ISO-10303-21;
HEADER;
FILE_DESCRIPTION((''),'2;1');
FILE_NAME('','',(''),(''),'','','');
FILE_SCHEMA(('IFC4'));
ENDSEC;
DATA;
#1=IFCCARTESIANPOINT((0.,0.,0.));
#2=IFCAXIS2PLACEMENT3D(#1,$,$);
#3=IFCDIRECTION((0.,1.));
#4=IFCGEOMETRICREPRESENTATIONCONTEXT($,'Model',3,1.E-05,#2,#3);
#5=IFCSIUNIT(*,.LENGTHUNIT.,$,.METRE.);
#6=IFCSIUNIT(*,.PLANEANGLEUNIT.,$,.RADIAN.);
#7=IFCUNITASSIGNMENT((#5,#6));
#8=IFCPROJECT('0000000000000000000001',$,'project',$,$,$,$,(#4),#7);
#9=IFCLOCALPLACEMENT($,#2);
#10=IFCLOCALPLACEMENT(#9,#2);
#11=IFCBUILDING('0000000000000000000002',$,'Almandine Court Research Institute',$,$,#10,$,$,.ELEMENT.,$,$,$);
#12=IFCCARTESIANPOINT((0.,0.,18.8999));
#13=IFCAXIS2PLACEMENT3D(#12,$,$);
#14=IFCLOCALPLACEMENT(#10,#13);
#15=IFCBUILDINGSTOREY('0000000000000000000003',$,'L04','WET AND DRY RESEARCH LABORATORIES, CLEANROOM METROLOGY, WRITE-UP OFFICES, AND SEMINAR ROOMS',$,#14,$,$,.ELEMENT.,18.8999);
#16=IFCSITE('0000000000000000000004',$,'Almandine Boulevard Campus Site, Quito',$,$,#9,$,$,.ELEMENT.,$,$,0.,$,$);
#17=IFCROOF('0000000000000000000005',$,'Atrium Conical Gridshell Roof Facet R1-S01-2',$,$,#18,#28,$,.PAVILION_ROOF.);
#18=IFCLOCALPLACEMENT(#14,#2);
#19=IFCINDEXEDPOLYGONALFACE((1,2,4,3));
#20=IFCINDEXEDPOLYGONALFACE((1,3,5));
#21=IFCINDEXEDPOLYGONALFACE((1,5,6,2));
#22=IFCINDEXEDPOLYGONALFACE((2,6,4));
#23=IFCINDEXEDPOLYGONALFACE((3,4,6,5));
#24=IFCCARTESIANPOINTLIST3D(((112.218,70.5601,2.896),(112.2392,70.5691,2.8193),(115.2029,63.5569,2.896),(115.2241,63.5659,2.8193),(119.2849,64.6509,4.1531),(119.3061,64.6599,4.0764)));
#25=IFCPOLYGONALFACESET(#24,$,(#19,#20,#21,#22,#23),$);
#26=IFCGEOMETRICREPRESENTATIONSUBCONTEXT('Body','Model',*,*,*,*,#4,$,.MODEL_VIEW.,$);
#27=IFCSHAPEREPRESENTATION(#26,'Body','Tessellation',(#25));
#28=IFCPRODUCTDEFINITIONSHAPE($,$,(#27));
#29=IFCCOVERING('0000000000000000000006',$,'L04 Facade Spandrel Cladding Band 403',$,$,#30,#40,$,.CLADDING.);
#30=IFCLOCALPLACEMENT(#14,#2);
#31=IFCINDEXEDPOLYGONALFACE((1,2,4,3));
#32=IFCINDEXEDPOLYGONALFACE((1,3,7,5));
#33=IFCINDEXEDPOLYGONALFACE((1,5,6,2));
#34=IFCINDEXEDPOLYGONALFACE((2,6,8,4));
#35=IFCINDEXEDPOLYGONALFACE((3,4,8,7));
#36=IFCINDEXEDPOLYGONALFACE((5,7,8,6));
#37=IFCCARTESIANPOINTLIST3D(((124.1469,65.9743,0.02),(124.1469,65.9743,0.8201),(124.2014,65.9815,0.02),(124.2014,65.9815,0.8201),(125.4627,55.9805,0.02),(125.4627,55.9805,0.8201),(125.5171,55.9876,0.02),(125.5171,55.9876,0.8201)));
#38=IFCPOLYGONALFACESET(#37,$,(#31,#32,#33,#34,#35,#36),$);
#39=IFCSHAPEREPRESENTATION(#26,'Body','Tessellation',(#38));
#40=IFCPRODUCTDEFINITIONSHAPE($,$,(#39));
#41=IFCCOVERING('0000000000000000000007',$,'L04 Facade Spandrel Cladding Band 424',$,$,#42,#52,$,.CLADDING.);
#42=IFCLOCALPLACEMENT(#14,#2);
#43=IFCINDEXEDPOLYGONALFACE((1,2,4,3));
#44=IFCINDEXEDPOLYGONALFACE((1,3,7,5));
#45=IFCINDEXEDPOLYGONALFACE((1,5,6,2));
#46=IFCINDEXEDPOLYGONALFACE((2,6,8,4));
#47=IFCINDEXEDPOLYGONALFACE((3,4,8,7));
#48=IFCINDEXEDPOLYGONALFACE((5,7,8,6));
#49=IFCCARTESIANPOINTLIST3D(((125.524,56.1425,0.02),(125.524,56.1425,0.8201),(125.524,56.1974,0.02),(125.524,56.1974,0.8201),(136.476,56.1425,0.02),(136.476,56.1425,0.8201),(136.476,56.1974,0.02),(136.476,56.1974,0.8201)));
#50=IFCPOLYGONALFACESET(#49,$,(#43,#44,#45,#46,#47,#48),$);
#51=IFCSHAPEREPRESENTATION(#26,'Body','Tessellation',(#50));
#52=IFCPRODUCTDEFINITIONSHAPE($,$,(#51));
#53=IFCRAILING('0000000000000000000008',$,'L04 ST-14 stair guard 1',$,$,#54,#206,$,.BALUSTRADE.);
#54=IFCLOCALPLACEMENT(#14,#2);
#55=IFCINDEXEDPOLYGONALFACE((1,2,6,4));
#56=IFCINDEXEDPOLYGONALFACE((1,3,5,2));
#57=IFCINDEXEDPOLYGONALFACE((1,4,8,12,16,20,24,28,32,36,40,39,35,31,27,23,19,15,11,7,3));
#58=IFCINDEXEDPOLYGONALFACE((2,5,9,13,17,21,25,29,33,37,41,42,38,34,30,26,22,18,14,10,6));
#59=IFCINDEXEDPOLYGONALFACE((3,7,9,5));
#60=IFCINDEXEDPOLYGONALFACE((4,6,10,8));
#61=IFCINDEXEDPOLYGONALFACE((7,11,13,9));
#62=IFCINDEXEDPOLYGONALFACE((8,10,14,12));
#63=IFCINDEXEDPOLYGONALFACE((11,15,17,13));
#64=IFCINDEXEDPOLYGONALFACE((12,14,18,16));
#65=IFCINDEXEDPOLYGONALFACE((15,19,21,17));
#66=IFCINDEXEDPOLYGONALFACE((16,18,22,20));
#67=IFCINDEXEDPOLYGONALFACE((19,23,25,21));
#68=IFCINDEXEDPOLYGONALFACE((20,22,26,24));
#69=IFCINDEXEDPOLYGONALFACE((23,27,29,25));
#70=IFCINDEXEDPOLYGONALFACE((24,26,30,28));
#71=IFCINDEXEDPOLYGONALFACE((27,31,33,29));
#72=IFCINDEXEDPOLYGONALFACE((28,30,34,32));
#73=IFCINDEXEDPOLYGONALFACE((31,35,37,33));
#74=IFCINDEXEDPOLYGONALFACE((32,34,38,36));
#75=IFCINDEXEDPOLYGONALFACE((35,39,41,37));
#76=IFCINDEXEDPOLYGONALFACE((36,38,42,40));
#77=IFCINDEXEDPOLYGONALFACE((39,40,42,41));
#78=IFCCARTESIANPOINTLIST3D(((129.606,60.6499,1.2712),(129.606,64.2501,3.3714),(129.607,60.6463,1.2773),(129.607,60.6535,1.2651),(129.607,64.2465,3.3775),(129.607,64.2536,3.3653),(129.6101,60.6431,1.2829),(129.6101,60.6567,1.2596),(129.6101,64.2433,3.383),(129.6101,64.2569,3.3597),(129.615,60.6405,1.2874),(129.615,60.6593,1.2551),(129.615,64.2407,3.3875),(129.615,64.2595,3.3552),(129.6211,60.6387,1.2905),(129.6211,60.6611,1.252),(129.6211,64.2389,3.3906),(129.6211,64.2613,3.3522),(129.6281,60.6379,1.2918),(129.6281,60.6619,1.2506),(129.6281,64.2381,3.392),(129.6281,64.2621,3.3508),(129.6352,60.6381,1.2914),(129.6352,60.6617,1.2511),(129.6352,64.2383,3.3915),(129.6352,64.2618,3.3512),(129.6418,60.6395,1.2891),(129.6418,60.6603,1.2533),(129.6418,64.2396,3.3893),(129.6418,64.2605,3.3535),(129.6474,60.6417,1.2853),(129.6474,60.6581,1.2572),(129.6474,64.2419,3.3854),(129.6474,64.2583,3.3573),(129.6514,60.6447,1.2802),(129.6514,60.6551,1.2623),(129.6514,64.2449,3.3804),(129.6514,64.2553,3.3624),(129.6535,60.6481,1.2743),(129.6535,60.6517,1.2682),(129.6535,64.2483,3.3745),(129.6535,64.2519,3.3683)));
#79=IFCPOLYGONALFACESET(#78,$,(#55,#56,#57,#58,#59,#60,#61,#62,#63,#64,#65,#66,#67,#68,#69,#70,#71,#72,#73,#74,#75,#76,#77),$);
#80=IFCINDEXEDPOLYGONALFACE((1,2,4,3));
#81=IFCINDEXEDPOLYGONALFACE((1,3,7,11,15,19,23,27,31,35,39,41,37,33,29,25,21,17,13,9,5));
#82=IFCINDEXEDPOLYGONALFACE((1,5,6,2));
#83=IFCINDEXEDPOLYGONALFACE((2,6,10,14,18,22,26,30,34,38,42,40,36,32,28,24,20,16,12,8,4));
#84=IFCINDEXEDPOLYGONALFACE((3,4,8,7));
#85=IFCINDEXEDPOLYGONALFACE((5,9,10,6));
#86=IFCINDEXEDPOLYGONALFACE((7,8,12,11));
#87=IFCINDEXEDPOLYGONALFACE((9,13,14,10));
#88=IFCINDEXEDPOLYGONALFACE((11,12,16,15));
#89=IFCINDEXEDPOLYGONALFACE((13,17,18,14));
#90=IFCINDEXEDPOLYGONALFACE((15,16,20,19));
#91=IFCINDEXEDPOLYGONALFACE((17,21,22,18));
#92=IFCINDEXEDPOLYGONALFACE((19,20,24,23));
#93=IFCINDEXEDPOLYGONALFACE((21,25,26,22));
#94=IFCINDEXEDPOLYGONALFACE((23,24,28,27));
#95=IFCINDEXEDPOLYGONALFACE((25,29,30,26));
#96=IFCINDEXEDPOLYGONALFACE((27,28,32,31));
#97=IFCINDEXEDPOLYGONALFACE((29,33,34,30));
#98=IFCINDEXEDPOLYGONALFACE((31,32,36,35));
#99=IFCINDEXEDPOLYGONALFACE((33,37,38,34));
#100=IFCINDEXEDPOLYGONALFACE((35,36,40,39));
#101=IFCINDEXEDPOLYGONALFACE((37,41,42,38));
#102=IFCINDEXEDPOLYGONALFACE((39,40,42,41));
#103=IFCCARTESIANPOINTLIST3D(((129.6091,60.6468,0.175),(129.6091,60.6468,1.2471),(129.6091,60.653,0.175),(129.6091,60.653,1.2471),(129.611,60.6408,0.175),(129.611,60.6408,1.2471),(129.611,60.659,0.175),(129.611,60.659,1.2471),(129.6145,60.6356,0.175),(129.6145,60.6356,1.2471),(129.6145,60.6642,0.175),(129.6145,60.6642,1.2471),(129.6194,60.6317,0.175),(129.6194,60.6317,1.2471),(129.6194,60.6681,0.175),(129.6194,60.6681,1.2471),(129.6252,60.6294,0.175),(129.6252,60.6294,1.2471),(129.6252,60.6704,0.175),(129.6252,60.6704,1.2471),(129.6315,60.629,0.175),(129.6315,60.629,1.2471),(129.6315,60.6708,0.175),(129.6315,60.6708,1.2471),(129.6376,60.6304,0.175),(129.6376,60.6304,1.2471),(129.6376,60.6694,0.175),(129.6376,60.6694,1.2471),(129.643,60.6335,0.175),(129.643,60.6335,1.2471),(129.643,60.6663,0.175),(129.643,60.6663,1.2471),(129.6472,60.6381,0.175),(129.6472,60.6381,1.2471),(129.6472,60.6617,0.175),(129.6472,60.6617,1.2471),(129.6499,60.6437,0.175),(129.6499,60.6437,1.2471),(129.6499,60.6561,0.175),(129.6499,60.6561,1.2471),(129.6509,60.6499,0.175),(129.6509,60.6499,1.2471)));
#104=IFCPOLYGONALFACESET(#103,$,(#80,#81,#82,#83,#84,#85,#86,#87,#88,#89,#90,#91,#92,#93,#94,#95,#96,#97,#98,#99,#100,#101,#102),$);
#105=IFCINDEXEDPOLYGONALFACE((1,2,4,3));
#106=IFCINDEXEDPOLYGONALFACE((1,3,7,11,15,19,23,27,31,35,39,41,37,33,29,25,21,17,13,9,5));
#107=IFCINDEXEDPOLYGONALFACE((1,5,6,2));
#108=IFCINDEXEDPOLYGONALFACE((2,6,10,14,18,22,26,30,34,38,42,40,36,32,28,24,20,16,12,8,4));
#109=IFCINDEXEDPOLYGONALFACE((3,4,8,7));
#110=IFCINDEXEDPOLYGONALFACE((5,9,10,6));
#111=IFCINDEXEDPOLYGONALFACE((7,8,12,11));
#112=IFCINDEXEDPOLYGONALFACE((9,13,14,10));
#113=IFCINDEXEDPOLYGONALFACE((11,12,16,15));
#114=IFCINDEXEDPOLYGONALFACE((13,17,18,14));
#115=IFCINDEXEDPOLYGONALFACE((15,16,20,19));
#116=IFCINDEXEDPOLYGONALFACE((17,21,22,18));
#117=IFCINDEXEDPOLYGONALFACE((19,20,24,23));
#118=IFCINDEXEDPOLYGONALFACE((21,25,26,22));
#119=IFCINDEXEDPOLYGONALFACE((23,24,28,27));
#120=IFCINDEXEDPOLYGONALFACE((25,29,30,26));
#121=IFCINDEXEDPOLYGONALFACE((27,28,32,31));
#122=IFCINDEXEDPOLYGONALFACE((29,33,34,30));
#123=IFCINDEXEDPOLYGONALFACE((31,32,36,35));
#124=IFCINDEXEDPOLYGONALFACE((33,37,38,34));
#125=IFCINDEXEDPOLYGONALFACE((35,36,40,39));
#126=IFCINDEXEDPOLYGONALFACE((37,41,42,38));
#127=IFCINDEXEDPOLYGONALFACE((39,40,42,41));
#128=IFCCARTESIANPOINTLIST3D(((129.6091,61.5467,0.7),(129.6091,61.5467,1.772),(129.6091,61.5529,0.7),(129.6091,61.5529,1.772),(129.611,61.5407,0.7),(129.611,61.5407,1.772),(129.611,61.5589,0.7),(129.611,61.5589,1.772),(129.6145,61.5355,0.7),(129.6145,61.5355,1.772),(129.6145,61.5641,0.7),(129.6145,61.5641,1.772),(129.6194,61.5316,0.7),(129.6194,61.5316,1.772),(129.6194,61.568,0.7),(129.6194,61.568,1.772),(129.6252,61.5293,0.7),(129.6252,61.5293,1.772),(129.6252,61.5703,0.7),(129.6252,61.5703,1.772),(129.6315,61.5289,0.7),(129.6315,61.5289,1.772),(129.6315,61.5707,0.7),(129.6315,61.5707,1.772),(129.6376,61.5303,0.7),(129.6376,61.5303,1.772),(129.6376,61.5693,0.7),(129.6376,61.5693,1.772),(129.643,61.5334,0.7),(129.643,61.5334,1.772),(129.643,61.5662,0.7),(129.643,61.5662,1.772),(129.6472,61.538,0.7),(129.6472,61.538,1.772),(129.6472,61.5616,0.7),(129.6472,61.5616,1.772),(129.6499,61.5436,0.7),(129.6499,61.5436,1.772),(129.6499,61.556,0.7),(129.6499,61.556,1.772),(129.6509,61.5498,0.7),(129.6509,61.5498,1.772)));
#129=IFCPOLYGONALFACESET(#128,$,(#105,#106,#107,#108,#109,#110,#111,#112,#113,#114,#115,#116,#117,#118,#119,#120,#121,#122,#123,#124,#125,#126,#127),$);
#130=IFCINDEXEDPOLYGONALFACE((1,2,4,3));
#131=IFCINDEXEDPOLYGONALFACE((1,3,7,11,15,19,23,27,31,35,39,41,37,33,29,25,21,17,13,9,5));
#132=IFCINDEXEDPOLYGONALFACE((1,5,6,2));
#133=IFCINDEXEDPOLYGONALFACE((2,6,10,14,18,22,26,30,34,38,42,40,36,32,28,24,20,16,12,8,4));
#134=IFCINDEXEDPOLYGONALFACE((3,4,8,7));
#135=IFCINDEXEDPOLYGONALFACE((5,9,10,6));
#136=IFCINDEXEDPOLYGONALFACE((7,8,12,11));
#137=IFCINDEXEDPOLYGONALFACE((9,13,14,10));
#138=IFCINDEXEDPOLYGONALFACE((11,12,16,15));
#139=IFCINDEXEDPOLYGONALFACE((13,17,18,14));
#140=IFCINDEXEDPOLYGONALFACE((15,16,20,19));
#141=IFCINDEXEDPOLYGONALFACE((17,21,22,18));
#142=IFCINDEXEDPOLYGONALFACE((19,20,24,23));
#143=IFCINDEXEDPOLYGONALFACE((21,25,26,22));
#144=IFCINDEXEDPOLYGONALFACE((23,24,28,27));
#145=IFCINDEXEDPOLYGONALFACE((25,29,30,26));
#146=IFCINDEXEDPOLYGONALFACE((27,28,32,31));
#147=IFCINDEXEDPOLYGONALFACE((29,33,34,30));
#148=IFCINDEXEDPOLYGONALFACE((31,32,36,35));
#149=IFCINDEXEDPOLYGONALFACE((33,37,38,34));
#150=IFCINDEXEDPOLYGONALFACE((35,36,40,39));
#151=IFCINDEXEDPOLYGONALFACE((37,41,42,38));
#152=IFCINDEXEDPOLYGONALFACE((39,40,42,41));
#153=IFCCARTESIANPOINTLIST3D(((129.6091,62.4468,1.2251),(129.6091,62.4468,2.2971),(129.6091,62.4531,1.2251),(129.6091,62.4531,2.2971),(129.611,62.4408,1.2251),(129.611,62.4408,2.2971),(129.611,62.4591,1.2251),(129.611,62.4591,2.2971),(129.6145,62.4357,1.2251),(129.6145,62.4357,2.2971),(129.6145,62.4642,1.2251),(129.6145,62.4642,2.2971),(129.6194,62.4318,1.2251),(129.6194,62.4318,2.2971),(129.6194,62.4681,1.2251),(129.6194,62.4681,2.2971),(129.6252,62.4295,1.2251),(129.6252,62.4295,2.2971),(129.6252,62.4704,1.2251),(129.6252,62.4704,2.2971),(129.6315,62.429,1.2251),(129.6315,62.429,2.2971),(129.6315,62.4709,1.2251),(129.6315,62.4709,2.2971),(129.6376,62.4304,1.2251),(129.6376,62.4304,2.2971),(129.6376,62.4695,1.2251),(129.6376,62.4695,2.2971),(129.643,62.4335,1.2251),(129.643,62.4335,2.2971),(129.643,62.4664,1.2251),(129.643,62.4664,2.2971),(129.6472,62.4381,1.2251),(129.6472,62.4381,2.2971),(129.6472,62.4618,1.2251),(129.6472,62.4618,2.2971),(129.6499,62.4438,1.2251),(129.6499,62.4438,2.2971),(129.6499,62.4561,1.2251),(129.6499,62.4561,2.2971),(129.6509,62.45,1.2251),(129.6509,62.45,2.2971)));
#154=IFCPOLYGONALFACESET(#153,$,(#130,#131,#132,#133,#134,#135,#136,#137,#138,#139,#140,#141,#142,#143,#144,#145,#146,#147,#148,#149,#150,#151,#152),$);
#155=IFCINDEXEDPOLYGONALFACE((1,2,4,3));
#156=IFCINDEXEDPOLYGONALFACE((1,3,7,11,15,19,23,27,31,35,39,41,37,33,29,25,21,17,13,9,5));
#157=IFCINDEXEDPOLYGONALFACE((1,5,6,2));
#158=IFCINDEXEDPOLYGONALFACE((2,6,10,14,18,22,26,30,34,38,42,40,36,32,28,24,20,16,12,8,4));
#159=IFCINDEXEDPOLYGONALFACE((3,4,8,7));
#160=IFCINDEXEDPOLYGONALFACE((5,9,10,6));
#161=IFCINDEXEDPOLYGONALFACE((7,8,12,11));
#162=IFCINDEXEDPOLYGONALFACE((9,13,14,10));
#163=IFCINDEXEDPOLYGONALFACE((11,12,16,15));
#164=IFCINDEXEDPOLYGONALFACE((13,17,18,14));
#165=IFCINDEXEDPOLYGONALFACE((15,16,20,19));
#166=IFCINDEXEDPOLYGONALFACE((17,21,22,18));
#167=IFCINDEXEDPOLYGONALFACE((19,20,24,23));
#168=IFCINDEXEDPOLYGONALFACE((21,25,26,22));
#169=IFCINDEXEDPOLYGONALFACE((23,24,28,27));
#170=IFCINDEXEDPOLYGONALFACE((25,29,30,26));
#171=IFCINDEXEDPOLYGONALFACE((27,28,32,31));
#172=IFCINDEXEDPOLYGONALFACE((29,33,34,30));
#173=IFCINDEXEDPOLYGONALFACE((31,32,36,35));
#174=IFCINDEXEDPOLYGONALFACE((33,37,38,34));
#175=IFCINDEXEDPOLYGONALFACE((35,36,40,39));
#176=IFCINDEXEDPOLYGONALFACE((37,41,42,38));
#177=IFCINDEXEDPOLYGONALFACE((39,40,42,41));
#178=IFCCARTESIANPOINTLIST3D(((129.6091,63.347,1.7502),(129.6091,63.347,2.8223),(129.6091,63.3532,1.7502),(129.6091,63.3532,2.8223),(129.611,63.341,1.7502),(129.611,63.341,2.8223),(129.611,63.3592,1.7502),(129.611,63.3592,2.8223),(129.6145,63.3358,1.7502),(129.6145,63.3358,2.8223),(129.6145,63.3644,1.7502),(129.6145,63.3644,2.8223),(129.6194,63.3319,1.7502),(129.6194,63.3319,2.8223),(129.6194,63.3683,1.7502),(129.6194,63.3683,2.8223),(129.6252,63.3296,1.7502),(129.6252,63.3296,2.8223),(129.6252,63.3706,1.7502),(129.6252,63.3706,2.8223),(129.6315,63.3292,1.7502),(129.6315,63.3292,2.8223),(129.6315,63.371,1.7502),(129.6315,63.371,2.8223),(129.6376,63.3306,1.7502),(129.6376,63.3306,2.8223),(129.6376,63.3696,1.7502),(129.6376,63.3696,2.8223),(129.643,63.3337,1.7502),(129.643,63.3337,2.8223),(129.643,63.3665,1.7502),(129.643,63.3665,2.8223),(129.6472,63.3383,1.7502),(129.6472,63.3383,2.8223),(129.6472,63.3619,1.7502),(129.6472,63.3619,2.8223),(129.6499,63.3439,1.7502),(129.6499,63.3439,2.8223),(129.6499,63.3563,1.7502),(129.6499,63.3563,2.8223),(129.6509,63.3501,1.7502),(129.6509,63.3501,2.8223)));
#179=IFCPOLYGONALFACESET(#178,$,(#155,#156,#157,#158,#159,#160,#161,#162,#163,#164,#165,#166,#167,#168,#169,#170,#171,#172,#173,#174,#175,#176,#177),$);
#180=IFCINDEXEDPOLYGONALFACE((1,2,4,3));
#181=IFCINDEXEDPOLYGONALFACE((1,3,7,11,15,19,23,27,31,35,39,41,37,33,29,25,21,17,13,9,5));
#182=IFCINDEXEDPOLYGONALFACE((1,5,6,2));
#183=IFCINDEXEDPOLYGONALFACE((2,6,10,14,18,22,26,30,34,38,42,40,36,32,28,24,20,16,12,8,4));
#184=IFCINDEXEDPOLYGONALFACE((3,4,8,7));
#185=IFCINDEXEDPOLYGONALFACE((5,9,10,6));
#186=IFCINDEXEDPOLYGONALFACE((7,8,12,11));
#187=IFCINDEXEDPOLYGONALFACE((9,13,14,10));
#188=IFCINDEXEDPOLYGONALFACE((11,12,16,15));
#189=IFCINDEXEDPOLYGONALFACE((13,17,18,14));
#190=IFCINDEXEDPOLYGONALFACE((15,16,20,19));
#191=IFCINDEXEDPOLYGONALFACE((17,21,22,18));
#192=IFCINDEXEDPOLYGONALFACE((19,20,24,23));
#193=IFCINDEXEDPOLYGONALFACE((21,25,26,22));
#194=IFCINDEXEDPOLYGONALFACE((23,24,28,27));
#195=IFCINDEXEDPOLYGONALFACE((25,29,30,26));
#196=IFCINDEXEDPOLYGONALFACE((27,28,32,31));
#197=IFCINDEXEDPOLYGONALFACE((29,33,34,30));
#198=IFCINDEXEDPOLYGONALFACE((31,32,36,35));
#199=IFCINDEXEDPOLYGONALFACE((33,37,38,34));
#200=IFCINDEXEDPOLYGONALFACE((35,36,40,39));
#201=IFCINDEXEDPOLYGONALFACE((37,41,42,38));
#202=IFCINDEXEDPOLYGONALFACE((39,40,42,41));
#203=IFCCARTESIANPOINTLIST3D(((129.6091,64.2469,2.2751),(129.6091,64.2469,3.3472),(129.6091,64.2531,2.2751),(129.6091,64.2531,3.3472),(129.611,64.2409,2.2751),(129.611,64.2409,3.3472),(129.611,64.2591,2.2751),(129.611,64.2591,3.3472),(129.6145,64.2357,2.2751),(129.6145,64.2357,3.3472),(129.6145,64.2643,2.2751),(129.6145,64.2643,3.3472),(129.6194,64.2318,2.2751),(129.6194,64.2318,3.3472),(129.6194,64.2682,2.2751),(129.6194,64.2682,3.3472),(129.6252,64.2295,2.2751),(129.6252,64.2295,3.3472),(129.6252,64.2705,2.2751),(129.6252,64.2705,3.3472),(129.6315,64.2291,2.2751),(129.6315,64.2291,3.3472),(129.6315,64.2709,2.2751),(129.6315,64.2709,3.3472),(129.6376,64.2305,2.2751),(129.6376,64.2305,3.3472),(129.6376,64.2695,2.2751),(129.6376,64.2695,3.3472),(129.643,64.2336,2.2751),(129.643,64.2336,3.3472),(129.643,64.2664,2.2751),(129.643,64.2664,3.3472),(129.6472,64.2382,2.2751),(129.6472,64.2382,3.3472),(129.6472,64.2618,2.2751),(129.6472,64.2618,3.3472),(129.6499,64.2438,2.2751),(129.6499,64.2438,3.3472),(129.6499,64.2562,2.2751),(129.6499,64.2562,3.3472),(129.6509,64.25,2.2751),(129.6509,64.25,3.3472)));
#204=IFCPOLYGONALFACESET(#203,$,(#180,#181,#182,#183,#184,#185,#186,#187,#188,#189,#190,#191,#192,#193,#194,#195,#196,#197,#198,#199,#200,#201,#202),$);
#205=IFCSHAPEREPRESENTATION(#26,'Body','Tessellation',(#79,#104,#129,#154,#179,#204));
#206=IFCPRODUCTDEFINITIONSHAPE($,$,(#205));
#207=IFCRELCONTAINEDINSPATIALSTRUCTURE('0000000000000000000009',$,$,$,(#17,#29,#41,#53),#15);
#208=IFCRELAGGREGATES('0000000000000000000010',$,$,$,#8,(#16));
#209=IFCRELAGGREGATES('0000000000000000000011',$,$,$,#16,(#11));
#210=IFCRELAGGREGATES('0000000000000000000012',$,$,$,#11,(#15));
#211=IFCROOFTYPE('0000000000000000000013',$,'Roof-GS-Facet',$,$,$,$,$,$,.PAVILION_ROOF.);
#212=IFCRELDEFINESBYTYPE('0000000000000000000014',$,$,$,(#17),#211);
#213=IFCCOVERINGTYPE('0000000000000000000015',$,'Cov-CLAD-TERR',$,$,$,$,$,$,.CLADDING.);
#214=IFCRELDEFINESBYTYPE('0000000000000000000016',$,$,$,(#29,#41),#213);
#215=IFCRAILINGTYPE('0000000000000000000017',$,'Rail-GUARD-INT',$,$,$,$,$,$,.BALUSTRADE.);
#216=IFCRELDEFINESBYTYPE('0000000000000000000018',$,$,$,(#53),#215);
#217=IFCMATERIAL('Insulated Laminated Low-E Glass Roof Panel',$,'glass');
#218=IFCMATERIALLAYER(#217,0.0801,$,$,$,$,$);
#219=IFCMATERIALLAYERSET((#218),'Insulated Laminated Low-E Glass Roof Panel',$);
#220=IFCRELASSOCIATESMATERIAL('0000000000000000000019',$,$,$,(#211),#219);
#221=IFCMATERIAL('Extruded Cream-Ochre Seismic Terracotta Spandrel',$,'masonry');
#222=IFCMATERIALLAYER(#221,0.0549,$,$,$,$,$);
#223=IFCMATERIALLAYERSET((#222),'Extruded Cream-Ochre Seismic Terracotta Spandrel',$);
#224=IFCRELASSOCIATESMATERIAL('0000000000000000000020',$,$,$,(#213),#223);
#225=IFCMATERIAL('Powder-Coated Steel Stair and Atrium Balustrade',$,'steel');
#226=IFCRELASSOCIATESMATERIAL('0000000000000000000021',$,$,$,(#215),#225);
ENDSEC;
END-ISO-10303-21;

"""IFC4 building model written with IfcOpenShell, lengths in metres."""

from ifc_helpers import new_model, si_unit, direction, frame, origin, origin_2d, place, context, subcontext, project, spatial, polyline, rectangle, circle, outline, extrude, material, layer, layer_set, type_object, element, save


model = new_model("IFC4")

# Units and contexts
model_context = context("Model", 3, precision=1e-05, world=origin(), true_north=direction((0.0, 1.0)))
body_context = subcontext(model_context, "Body", "Model", "MODEL_VIEW")
ifc_project = project(units=[si_unit("LENGTHUNIT", "METRE"), si_unit("PLANEANGLEUNIT", "RADIAN")], contexts=[model_context])

# Site, building, storey
site_placement = place(None, origin())
site = spatial("IfcSite", under=ifc_project, at=site_placement, Name="Almandine Boulevard Campus Site, Quito", CompositionType="ELEMENT", RefElevation=0.0)
building_placement = place(site_placement, origin())
building = spatial("IfcBuilding", under=site, at=building_placement, Name="Almandine Court Research Institute", CompositionType="ELEMENT")
storey_placement = place(building_placement, frame((0.0, 0.0, 18.8999)))
storey = spatial("IfcBuildingStorey", under=building, at=storey_placement, Name="L04", Description="WET AND DRY RESEARCH LABORATORIES, CLEANROOM METROLOGY, WRITE-UP OFFICES, AND SEMINAR ROOMS", CompositionType="ELEMENT", Elevation=18.8999)

# Roof
ifc_material_1 = material(Name="Insulated Laminated Low-E Glass Roof Panel", Category="glass")
ifc_layer_1 = layer(ifc_material_1, 0.0801)
ifc_layer_set_1 = layer_set([ifc_layer_1], Name="Insulated Laminated Low-E Glass Roof Panel")
roof_type = type_object("IfcRoofType", Name="Roof-GS-Facet", PredefinedType="PAVILION_ROOF", material=ifc_layer_set_1)
roof_placement = place(storey_placement, frame((119.2849, 64.6509, 4.1531), z_axis=(-0.264696, -0.112818, 0.95771), x_axis=(-0.760102, 0.635581, -0.135209)))
element("IfcRoof", 1, at=roof_placement, inside=storey, type_object=roof_type, Name="Atrium Conical Gridshell Roof Facet R1-S01-2", PredefinedType="PAVILION_ROOF", context=body_context, shape_type="SweptSolid", body=[
    extrude(outline(polyline([(0.0, 0.0), (9.2973, 0.0), (2.5774, 3.5773), (0.0, 0.0)])), origin(), (0.0, 0.0, -1.0), 0.0801),
])

# Coverings
ifc_material_2 = material(Name="Extruded Cream-Ochre Seismic Terracotta Spandrel", Category="masonry")
ifc_layer_2 = layer(ifc_material_2, 0.0549)
ifc_layer_set_2 = layer_set([ifc_layer_2], Name="Extruded Cream-Ochre Seismic Terracotta Spandrel")
covering_type = type_object("IfcCoveringType", Name="Cov-CLAD-TERR", PredefinedType="CLADDING", material=ifc_layer_set_2)
covering_1_placement = place(storey_placement, frame((124.832, 60.981, 0.02), z_axis=(0.0, 0.0, 1.0), x_axis=(-0.130526, 0.991445, 0.0)))
element("IfcCovering", 2, at=covering_1_placement, inside=storey, type_object=covering_type, Name="L04 Facade Spandrel Cladding Band 403", PredefinedType="CLADDING", context=body_context, shape_type="SweptSolid", body=[
    extrude(rectangle(XDim=10.0801, YDim=0.0549, at=origin_2d()), origin(), (0.0, 0.0, 1.0), 0.8),
])
covering_2_placement = place(storey_placement, frame((131.0, 56.1699, 0.02), z_axis=(0.0, 0.0, 1.0), x_axis=(1.0, 0.0, 0.0)))
element("IfcCovering", 3, at=covering_2_placement, inside=storey, type_object=covering_type, Name="L04 Facade Spandrel Cladding Band 424", PredefinedType="CLADDING", context=body_context, shape_type="SweptSolid", body=[
    extrude(rectangle(XDim=10.9519, YDim=0.0549, at=origin_2d()), origin(), (0.0, 0.0, 1.0), 0.8),
])

# Railing
ifc_material_3 = material(Name="Powder-Coated Steel Stair and Atrium Balustrade", Category="steel")
railing_type_1 = type_object("IfcRailingType", Name="Rail-GUARD-INT", PredefinedType="BALUSTRADE", material=ifc_material_3)
railing_1_placement = place(storey_placement, frame((129.6299, 60.6499, 0.175)))
element("IfcRailing", 4, at=railing_1_placement, inside=storey, type_object=railing_type_1, Name="L04 ST-14 stair guard 1", PredefinedType="BALUSTRADE", context=body_context, shape_type="SweptSolid", body=[
    extrude(circle(Radius=0.0239, at=origin_2d()), frame((0.0, 0.0, 1.0962), z_axis=(0.0, 0.863775, 0.503878), x_axis=(-1.0, 0.0, 0.0)), (0.0, 0.0, 1.0), 4.168),
    extrude(circle(Radius=0.021, at=origin_2d()), origin(), (0.0, 0.0, 1.0), 1.072),
    extrude(circle(Radius=0.021, at=origin_2d()), frame((0.0, 0.8999, 0.5249)), (0.0, 0.0, 1.0), 1.072),
    extrude(circle(Radius=0.021, at=origin_2d()), frame((0.0, 1.8, 1.05)), (0.0, 0.0, 1.0), 1.072),
    extrude(circle(Radius=0.021, at=origin_2d()), frame((0.0, 2.7002, 1.5752)), (0.0, 0.0, 1.0), 1.072),
    extrude(circle(Radius=0.021, at=origin_2d()), frame((0.0, 3.6001, 2.1001)), (0.0, 0.0, 1.0), 1.072),
])

save(model, "model.ifc")
